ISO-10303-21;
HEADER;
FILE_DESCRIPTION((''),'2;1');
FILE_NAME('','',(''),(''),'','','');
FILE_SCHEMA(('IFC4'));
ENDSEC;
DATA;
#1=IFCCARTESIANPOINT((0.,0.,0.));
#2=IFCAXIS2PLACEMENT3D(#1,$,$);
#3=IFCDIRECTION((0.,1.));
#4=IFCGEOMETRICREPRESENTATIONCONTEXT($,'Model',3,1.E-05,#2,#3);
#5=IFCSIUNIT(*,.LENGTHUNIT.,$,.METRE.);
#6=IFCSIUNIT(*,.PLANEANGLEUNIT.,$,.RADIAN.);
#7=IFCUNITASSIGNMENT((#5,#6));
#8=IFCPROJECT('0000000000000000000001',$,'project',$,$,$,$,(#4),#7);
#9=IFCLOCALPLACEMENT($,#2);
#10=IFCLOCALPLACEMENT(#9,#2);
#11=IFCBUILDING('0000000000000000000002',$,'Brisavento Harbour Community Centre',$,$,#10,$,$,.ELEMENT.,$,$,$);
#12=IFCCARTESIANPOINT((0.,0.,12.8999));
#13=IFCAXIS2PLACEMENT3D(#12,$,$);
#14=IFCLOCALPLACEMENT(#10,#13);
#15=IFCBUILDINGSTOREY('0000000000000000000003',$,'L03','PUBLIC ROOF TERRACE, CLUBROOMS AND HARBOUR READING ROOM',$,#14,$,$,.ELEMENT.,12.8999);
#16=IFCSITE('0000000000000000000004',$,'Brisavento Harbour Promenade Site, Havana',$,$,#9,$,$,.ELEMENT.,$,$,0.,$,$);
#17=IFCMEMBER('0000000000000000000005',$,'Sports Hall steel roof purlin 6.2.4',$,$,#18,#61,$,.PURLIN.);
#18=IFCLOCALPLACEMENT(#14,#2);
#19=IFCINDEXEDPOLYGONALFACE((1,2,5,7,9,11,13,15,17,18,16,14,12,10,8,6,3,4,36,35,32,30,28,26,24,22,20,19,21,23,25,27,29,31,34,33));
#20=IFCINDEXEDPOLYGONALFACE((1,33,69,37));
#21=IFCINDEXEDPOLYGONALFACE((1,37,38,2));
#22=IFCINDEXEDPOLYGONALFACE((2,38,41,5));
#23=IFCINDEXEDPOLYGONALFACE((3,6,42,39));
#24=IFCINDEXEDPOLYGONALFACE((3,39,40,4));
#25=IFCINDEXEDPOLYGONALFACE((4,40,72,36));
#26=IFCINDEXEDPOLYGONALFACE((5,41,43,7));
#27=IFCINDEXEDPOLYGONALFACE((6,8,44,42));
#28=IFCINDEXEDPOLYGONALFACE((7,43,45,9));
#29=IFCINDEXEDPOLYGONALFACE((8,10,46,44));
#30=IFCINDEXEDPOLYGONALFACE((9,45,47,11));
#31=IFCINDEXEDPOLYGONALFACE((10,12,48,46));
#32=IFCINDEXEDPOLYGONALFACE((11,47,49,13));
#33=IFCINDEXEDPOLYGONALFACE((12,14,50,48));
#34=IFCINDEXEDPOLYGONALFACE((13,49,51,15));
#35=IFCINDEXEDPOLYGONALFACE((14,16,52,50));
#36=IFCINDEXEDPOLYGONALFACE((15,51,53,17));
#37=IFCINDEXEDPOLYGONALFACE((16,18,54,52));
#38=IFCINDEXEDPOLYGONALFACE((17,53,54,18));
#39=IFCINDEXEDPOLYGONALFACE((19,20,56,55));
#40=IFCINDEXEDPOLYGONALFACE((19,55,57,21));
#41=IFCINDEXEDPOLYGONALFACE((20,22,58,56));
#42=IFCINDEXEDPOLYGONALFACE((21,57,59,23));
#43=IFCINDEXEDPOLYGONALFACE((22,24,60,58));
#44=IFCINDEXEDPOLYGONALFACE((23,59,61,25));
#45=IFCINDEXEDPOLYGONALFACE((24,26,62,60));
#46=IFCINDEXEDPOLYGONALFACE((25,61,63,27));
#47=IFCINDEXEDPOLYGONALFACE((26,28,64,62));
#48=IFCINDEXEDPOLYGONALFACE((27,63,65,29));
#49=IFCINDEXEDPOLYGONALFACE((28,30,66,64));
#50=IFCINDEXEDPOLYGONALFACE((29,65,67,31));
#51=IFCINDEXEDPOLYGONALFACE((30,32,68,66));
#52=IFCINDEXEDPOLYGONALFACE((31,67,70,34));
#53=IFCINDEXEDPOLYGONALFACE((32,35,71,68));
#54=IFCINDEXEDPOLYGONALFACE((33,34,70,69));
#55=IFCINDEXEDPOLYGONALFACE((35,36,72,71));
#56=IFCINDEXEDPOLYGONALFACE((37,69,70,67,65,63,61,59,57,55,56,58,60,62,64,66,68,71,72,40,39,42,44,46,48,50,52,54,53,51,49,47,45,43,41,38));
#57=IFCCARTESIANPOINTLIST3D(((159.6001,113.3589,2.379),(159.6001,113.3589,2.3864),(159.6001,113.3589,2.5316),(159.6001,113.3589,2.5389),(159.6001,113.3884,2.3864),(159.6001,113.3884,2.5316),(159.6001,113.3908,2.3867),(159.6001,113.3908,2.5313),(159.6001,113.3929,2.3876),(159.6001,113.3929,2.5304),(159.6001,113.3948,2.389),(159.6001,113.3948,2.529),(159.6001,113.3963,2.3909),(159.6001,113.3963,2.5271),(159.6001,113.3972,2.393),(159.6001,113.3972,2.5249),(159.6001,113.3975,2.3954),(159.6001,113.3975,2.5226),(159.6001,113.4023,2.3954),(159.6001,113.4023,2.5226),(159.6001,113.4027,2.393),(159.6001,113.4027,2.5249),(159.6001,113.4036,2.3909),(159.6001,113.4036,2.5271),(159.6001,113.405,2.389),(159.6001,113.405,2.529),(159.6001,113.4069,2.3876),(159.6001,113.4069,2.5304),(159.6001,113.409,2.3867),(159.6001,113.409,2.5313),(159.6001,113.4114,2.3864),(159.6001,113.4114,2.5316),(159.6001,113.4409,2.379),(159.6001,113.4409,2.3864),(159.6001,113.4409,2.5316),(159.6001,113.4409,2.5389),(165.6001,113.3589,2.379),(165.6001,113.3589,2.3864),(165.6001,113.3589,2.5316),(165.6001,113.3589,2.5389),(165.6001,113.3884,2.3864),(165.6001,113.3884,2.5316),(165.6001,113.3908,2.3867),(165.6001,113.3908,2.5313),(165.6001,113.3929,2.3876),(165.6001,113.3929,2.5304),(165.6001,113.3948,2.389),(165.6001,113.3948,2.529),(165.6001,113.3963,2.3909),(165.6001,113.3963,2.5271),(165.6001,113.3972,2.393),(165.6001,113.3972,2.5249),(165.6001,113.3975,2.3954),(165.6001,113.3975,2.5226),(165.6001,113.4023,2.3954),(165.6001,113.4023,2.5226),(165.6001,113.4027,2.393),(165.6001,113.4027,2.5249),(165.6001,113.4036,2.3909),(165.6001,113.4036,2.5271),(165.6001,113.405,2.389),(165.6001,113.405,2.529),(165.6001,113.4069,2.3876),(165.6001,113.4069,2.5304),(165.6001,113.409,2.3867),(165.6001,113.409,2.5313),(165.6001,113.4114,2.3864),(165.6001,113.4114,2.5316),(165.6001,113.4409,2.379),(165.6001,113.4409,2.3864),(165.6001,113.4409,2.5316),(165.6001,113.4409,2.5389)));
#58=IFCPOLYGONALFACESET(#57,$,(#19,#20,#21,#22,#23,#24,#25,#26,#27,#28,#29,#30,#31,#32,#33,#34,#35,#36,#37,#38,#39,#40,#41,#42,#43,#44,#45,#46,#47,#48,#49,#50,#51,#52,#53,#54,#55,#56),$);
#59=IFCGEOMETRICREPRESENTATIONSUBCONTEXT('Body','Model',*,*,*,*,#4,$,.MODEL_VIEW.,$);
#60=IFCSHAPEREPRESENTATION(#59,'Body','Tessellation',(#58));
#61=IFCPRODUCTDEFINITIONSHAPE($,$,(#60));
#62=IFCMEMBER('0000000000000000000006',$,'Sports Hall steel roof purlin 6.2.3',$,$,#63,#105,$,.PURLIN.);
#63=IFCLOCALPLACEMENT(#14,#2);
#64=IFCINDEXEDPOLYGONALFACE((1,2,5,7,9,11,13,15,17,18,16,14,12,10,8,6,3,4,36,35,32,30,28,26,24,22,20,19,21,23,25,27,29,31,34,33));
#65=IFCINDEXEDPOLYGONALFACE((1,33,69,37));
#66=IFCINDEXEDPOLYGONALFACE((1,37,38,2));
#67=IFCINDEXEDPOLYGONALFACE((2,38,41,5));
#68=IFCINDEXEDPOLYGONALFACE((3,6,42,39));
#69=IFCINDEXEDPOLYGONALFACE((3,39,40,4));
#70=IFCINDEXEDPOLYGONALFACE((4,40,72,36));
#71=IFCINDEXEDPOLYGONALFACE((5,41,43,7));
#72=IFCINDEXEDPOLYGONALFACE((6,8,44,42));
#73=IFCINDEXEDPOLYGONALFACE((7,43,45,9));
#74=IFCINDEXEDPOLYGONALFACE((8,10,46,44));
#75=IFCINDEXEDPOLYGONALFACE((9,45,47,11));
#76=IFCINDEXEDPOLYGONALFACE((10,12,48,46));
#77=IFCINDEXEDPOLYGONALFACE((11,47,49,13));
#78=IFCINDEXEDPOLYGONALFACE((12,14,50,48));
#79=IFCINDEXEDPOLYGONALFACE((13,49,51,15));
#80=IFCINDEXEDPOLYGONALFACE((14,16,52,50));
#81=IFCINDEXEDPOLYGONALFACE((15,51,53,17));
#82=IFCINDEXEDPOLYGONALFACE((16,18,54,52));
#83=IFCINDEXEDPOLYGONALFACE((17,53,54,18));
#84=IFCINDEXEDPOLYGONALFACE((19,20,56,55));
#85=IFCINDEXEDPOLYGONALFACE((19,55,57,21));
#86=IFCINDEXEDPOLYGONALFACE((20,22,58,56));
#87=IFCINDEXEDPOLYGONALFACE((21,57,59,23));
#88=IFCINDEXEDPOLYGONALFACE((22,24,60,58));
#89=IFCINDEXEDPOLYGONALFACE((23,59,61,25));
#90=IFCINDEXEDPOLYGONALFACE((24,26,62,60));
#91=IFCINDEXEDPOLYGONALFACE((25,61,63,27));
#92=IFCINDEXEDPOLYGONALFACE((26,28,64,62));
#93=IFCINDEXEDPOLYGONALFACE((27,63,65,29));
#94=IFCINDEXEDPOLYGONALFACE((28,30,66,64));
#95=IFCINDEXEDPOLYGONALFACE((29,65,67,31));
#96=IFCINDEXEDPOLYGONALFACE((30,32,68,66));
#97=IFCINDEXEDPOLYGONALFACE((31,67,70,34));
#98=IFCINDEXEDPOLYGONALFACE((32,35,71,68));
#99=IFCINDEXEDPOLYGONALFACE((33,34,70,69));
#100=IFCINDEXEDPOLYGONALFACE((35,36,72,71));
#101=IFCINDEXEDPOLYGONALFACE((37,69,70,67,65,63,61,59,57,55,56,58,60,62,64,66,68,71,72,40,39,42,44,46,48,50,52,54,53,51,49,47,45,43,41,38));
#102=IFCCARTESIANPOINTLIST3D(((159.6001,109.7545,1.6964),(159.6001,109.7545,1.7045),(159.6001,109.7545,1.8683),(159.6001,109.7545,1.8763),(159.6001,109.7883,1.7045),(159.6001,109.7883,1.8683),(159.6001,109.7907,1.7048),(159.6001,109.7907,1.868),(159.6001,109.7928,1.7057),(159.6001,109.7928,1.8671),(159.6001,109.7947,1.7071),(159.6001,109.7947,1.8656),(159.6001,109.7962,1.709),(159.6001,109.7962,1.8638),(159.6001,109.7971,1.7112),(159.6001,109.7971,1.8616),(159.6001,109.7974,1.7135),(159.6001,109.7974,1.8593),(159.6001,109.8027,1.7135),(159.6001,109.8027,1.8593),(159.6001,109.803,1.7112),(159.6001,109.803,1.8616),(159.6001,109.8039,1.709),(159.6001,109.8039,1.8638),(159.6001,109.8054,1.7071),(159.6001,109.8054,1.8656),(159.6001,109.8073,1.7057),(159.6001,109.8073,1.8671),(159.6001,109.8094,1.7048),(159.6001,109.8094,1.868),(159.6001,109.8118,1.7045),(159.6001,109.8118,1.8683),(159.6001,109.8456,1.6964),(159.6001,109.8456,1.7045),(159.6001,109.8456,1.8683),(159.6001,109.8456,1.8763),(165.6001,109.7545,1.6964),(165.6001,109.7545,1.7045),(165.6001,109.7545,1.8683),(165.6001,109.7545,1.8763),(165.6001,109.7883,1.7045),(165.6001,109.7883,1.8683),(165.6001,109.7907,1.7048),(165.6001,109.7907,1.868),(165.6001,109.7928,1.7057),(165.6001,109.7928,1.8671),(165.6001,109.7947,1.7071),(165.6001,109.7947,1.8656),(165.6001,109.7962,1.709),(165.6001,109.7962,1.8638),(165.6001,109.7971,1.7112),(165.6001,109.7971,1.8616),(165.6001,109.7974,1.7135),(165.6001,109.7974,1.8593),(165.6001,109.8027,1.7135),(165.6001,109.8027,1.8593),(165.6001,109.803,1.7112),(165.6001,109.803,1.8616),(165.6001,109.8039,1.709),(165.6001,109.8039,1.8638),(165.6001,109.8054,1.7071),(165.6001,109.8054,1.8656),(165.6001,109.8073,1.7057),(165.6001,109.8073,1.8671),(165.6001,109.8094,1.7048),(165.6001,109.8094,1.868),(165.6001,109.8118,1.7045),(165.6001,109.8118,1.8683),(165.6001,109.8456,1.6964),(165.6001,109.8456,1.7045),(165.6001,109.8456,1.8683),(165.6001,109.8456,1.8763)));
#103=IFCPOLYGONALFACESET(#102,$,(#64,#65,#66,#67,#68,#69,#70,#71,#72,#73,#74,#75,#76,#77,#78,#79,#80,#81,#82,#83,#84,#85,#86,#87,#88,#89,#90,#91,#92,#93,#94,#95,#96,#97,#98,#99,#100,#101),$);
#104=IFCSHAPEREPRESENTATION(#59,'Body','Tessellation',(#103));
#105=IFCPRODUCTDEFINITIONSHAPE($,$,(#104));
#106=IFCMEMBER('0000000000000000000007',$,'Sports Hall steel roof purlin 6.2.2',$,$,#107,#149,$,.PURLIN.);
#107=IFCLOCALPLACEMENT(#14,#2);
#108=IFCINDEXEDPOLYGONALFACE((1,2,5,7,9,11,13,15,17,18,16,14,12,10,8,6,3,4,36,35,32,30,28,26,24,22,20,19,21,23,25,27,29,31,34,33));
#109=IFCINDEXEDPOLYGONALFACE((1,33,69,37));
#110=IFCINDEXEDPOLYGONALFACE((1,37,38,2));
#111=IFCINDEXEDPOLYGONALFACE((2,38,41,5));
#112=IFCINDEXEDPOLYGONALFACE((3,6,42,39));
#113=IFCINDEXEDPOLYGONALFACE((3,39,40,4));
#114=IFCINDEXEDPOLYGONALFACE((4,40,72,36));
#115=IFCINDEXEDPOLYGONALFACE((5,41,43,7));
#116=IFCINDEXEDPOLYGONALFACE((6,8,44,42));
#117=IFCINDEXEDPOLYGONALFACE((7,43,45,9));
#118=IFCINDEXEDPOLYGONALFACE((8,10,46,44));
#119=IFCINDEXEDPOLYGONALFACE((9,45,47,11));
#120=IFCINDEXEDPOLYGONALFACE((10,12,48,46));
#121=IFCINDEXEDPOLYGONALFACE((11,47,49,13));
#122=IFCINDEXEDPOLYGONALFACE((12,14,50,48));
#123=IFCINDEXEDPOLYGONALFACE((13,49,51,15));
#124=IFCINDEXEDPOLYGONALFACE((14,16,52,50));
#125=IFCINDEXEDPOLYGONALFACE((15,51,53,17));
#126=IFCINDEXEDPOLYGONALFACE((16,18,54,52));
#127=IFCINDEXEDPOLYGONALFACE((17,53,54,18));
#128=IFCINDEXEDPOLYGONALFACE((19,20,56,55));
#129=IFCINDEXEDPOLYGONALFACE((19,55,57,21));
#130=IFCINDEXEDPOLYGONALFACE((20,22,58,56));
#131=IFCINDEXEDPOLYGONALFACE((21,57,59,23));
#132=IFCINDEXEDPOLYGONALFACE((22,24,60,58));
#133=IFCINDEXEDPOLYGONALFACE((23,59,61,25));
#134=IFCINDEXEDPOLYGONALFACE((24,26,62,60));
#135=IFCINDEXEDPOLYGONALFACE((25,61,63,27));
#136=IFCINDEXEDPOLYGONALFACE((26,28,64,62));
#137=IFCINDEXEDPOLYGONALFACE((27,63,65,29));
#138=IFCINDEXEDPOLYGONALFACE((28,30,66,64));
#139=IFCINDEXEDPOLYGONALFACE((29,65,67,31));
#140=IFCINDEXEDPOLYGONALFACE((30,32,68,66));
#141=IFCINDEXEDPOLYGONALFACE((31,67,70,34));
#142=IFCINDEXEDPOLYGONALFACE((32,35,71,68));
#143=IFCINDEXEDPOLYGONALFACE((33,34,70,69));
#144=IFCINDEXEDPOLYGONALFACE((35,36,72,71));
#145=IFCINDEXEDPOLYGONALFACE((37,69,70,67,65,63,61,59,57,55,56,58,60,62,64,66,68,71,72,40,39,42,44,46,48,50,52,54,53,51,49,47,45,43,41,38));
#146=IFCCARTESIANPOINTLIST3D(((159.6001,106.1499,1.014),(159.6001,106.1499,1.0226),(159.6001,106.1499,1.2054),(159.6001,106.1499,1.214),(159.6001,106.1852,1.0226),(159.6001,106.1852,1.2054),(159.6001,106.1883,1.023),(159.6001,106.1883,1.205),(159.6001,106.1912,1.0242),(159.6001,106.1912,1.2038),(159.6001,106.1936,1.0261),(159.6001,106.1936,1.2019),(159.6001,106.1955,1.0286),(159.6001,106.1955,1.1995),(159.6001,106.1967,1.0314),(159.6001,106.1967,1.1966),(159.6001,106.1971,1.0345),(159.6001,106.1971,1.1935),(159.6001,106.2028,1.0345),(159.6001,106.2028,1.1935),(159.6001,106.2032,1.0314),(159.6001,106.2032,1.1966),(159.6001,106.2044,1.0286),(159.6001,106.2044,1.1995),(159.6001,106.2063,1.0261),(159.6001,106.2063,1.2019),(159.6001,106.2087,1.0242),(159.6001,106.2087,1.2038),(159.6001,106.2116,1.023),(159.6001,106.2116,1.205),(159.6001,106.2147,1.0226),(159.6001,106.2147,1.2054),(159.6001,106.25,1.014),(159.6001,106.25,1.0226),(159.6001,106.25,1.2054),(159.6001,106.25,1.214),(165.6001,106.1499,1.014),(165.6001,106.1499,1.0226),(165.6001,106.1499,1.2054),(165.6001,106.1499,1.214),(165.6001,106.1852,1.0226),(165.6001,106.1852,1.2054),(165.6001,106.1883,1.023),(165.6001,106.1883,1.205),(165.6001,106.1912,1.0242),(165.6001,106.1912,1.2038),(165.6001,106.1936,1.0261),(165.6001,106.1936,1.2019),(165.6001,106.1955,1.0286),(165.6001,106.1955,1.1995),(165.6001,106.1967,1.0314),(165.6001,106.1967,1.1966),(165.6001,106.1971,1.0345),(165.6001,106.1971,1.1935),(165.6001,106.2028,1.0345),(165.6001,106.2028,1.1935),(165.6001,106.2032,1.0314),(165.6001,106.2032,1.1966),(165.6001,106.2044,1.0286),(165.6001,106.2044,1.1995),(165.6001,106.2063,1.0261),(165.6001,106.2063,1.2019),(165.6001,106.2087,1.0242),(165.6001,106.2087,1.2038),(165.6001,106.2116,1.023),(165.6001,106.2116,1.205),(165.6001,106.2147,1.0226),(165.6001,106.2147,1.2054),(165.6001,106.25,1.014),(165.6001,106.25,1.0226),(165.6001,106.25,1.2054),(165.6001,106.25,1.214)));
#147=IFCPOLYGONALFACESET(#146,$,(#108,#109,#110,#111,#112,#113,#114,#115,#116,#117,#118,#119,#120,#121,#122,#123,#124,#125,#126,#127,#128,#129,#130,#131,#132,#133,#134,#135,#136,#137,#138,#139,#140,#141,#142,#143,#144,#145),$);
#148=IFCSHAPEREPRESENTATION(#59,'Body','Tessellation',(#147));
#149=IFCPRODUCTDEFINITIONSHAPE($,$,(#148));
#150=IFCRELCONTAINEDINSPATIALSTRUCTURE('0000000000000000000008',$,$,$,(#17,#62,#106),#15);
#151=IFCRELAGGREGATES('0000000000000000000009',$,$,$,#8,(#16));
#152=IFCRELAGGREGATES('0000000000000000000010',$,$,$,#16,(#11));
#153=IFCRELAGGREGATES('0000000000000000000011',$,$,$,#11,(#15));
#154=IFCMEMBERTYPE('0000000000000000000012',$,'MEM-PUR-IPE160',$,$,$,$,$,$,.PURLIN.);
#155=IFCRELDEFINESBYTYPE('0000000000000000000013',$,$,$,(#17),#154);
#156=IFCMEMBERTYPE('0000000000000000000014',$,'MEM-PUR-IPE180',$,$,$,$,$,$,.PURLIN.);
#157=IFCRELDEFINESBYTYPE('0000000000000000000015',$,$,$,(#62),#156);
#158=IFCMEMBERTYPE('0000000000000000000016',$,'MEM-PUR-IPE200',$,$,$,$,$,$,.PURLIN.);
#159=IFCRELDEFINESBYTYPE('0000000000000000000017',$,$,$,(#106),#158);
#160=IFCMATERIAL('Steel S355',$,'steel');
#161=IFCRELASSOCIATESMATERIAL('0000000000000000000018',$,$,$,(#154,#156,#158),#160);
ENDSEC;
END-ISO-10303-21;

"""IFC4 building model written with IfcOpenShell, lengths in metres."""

from ifc_helpers import new_model, si_unit, direction, frame, origin, origin_2d, place, context, subcontext, project, spatial, i_section, extrude, material, material_profile, profile_set, type_object, element, save


model = new_model("IFC4")

# Units and contexts
model_context = context("Model", 3, precision=1e-05, world=origin(), true_north=direction((0.0, 1.0)))
body_context = subcontext(model_context, "Body", "Model", "MODEL_VIEW")
ifc_project = project(units=[si_unit("LENGTHUNIT", "METRE"), si_unit("PLANEANGLEUNIT", "RADIAN")], contexts=[model_context])

# Site, building, storey
site_placement = place(None, origin())
site = spatial("IfcSite", under=ifc_project, at=site_placement, Name="Brisavento Harbour Promenade Site, Havana", CompositionType="ELEMENT", RefElevation=0.0)
building_placement = place(site_placement, origin())
building = spatial("IfcBuilding", under=site, at=building_placement, Name="Brisavento Harbour Community Centre", CompositionType="ELEMENT")
storey_placement = place(building_placement, frame((0.0, 0.0, 12.8999)))
storey = spatial("IfcBuildingStorey", under=building, at=storey_placement, Name="L03", Description="PUBLIC ROOF TERRACE, CLUBROOMS AND HARBOUR READING ROOM", CompositionType="ELEMENT", Elevation=12.8999)

# Members
ifc_material = material(Name="Steel S355", Category="steel")
ifc_material_profile_1 = material_profile(ifc_material, i_section(OverallWidth=0.082, OverallDepth=0.1599, WebThickness=0.0049, FlangeThickness=0.0073, FilletRadius=0.009, at=origin_2d()), Name="Steel S355")
ifc_profile_set_1 = profile_set([ifc_material_profile_1], Name="Steel S355")
member_type_1 = type_object("IfcMemberType", Name="MEM-PUR-IPE160", PredefinedType="PURLIN", material=ifc_profile_set_1)
for number, where, z_axis, x_axis, name in (
    (1, (159.6001, 113.3999, 2.459), (1.0, 0.0, 0.0), (0.0, 1.0, 0.0), "Sports Hall steel roof purlin 6.2.4"),
):
    element("IfcMember", number, at=place(storey_placement, frame(where, z_axis=z_axis, x_axis=x_axis)), inside=storey, type_object=member_type_1, Name=name, PredefinedType="PURLIN", context=body_context, shape_type="SweptSolid", body=[
        extrude(i_section(OverallWidth=0.082, OverallDepth=0.1599, WebThickness=0.0049, FlangeThickness=0.0073, FilletRadius=0.009, at=origin_2d()), origin(), (0.0, 0.0, 1.0), 6.0),
    ])
ifc_material_profile_2 = material_profile(ifc_material, i_section(OverallWidth=0.0911, OverallDepth=0.1799, WebThickness=0.0054, FlangeThickness=0.0081, FilletRadius=0.009, at=origin_2d()), Name="Steel S355")
ifc_profile_set_2 = profile_set([ifc_material_profile_2], Name="Steel S355")
member_type_2 = type_object("IfcMemberType", Name="MEM-PUR-IPE180", PredefinedType="PURLIN", material=ifc_profile_set_2)
member_1_placement = place(storey_placement, frame((159.6001, 109.8, 1.7864), z_axis=(1.0, 0.0, 0.0), x_axis=(0.0, 1.0, 0.0)))
element("IfcMember", 2, at=member_1_placement, inside=storey, type_object=member_type_2, Name="Sports Hall steel roof purlin 6.2.3", PredefinedType="PURLIN", context=body_context, shape_type="SweptSolid", body=[
    extrude(i_section(OverallWidth=0.0911, OverallDepth=0.1799, WebThickness=0.0054, FlangeThickness=0.0081, FilletRadius=0.009, at=origin_2d()), origin(), (0.0, 0.0, 1.0), 6.0),
])
ifc_material_profile_3 = material_profile(ifc_material, i_section(OverallWidth=0.1001, OverallDepth=0.2, WebThickness=0.0056, FlangeThickness=0.0085, FilletRadius=0.012, at=origin_2d()), Name="Steel S355")
ifc_profile_set_3 = profile_set([ifc_material_profile_3], Name="Steel S355")
member_type_3 = type_object("IfcMemberType", Name="MEM-PUR-IPE200", PredefinedType="PURLIN", material=ifc_profile_set_3)
member_2_placement = place(storey_placement, frame((159.6001, 106.2, 1.114), z_axis=(1.0, 0.0, 0.0), x_axis=(0.0, 1.0, 0.0)))
element("IfcMember", 3, at=member_2_placement, inside=storey, type_object=member_type_3, Name="Sports Hall steel roof purlin 6.2.2", PredefinedType="PURLIN", context=body_context, shape_type="SweptSolid", body=[
    extrude(i_section(OverallWidth=0.1001, OverallDepth=0.2, WebThickness=0.0056, FlangeThickness=0.0085, FilletRadius=0.012, at=origin_2d()), origin(), (0.0, 0.0, 1.0), 6.0),
])

save(model, "model.ifc")
